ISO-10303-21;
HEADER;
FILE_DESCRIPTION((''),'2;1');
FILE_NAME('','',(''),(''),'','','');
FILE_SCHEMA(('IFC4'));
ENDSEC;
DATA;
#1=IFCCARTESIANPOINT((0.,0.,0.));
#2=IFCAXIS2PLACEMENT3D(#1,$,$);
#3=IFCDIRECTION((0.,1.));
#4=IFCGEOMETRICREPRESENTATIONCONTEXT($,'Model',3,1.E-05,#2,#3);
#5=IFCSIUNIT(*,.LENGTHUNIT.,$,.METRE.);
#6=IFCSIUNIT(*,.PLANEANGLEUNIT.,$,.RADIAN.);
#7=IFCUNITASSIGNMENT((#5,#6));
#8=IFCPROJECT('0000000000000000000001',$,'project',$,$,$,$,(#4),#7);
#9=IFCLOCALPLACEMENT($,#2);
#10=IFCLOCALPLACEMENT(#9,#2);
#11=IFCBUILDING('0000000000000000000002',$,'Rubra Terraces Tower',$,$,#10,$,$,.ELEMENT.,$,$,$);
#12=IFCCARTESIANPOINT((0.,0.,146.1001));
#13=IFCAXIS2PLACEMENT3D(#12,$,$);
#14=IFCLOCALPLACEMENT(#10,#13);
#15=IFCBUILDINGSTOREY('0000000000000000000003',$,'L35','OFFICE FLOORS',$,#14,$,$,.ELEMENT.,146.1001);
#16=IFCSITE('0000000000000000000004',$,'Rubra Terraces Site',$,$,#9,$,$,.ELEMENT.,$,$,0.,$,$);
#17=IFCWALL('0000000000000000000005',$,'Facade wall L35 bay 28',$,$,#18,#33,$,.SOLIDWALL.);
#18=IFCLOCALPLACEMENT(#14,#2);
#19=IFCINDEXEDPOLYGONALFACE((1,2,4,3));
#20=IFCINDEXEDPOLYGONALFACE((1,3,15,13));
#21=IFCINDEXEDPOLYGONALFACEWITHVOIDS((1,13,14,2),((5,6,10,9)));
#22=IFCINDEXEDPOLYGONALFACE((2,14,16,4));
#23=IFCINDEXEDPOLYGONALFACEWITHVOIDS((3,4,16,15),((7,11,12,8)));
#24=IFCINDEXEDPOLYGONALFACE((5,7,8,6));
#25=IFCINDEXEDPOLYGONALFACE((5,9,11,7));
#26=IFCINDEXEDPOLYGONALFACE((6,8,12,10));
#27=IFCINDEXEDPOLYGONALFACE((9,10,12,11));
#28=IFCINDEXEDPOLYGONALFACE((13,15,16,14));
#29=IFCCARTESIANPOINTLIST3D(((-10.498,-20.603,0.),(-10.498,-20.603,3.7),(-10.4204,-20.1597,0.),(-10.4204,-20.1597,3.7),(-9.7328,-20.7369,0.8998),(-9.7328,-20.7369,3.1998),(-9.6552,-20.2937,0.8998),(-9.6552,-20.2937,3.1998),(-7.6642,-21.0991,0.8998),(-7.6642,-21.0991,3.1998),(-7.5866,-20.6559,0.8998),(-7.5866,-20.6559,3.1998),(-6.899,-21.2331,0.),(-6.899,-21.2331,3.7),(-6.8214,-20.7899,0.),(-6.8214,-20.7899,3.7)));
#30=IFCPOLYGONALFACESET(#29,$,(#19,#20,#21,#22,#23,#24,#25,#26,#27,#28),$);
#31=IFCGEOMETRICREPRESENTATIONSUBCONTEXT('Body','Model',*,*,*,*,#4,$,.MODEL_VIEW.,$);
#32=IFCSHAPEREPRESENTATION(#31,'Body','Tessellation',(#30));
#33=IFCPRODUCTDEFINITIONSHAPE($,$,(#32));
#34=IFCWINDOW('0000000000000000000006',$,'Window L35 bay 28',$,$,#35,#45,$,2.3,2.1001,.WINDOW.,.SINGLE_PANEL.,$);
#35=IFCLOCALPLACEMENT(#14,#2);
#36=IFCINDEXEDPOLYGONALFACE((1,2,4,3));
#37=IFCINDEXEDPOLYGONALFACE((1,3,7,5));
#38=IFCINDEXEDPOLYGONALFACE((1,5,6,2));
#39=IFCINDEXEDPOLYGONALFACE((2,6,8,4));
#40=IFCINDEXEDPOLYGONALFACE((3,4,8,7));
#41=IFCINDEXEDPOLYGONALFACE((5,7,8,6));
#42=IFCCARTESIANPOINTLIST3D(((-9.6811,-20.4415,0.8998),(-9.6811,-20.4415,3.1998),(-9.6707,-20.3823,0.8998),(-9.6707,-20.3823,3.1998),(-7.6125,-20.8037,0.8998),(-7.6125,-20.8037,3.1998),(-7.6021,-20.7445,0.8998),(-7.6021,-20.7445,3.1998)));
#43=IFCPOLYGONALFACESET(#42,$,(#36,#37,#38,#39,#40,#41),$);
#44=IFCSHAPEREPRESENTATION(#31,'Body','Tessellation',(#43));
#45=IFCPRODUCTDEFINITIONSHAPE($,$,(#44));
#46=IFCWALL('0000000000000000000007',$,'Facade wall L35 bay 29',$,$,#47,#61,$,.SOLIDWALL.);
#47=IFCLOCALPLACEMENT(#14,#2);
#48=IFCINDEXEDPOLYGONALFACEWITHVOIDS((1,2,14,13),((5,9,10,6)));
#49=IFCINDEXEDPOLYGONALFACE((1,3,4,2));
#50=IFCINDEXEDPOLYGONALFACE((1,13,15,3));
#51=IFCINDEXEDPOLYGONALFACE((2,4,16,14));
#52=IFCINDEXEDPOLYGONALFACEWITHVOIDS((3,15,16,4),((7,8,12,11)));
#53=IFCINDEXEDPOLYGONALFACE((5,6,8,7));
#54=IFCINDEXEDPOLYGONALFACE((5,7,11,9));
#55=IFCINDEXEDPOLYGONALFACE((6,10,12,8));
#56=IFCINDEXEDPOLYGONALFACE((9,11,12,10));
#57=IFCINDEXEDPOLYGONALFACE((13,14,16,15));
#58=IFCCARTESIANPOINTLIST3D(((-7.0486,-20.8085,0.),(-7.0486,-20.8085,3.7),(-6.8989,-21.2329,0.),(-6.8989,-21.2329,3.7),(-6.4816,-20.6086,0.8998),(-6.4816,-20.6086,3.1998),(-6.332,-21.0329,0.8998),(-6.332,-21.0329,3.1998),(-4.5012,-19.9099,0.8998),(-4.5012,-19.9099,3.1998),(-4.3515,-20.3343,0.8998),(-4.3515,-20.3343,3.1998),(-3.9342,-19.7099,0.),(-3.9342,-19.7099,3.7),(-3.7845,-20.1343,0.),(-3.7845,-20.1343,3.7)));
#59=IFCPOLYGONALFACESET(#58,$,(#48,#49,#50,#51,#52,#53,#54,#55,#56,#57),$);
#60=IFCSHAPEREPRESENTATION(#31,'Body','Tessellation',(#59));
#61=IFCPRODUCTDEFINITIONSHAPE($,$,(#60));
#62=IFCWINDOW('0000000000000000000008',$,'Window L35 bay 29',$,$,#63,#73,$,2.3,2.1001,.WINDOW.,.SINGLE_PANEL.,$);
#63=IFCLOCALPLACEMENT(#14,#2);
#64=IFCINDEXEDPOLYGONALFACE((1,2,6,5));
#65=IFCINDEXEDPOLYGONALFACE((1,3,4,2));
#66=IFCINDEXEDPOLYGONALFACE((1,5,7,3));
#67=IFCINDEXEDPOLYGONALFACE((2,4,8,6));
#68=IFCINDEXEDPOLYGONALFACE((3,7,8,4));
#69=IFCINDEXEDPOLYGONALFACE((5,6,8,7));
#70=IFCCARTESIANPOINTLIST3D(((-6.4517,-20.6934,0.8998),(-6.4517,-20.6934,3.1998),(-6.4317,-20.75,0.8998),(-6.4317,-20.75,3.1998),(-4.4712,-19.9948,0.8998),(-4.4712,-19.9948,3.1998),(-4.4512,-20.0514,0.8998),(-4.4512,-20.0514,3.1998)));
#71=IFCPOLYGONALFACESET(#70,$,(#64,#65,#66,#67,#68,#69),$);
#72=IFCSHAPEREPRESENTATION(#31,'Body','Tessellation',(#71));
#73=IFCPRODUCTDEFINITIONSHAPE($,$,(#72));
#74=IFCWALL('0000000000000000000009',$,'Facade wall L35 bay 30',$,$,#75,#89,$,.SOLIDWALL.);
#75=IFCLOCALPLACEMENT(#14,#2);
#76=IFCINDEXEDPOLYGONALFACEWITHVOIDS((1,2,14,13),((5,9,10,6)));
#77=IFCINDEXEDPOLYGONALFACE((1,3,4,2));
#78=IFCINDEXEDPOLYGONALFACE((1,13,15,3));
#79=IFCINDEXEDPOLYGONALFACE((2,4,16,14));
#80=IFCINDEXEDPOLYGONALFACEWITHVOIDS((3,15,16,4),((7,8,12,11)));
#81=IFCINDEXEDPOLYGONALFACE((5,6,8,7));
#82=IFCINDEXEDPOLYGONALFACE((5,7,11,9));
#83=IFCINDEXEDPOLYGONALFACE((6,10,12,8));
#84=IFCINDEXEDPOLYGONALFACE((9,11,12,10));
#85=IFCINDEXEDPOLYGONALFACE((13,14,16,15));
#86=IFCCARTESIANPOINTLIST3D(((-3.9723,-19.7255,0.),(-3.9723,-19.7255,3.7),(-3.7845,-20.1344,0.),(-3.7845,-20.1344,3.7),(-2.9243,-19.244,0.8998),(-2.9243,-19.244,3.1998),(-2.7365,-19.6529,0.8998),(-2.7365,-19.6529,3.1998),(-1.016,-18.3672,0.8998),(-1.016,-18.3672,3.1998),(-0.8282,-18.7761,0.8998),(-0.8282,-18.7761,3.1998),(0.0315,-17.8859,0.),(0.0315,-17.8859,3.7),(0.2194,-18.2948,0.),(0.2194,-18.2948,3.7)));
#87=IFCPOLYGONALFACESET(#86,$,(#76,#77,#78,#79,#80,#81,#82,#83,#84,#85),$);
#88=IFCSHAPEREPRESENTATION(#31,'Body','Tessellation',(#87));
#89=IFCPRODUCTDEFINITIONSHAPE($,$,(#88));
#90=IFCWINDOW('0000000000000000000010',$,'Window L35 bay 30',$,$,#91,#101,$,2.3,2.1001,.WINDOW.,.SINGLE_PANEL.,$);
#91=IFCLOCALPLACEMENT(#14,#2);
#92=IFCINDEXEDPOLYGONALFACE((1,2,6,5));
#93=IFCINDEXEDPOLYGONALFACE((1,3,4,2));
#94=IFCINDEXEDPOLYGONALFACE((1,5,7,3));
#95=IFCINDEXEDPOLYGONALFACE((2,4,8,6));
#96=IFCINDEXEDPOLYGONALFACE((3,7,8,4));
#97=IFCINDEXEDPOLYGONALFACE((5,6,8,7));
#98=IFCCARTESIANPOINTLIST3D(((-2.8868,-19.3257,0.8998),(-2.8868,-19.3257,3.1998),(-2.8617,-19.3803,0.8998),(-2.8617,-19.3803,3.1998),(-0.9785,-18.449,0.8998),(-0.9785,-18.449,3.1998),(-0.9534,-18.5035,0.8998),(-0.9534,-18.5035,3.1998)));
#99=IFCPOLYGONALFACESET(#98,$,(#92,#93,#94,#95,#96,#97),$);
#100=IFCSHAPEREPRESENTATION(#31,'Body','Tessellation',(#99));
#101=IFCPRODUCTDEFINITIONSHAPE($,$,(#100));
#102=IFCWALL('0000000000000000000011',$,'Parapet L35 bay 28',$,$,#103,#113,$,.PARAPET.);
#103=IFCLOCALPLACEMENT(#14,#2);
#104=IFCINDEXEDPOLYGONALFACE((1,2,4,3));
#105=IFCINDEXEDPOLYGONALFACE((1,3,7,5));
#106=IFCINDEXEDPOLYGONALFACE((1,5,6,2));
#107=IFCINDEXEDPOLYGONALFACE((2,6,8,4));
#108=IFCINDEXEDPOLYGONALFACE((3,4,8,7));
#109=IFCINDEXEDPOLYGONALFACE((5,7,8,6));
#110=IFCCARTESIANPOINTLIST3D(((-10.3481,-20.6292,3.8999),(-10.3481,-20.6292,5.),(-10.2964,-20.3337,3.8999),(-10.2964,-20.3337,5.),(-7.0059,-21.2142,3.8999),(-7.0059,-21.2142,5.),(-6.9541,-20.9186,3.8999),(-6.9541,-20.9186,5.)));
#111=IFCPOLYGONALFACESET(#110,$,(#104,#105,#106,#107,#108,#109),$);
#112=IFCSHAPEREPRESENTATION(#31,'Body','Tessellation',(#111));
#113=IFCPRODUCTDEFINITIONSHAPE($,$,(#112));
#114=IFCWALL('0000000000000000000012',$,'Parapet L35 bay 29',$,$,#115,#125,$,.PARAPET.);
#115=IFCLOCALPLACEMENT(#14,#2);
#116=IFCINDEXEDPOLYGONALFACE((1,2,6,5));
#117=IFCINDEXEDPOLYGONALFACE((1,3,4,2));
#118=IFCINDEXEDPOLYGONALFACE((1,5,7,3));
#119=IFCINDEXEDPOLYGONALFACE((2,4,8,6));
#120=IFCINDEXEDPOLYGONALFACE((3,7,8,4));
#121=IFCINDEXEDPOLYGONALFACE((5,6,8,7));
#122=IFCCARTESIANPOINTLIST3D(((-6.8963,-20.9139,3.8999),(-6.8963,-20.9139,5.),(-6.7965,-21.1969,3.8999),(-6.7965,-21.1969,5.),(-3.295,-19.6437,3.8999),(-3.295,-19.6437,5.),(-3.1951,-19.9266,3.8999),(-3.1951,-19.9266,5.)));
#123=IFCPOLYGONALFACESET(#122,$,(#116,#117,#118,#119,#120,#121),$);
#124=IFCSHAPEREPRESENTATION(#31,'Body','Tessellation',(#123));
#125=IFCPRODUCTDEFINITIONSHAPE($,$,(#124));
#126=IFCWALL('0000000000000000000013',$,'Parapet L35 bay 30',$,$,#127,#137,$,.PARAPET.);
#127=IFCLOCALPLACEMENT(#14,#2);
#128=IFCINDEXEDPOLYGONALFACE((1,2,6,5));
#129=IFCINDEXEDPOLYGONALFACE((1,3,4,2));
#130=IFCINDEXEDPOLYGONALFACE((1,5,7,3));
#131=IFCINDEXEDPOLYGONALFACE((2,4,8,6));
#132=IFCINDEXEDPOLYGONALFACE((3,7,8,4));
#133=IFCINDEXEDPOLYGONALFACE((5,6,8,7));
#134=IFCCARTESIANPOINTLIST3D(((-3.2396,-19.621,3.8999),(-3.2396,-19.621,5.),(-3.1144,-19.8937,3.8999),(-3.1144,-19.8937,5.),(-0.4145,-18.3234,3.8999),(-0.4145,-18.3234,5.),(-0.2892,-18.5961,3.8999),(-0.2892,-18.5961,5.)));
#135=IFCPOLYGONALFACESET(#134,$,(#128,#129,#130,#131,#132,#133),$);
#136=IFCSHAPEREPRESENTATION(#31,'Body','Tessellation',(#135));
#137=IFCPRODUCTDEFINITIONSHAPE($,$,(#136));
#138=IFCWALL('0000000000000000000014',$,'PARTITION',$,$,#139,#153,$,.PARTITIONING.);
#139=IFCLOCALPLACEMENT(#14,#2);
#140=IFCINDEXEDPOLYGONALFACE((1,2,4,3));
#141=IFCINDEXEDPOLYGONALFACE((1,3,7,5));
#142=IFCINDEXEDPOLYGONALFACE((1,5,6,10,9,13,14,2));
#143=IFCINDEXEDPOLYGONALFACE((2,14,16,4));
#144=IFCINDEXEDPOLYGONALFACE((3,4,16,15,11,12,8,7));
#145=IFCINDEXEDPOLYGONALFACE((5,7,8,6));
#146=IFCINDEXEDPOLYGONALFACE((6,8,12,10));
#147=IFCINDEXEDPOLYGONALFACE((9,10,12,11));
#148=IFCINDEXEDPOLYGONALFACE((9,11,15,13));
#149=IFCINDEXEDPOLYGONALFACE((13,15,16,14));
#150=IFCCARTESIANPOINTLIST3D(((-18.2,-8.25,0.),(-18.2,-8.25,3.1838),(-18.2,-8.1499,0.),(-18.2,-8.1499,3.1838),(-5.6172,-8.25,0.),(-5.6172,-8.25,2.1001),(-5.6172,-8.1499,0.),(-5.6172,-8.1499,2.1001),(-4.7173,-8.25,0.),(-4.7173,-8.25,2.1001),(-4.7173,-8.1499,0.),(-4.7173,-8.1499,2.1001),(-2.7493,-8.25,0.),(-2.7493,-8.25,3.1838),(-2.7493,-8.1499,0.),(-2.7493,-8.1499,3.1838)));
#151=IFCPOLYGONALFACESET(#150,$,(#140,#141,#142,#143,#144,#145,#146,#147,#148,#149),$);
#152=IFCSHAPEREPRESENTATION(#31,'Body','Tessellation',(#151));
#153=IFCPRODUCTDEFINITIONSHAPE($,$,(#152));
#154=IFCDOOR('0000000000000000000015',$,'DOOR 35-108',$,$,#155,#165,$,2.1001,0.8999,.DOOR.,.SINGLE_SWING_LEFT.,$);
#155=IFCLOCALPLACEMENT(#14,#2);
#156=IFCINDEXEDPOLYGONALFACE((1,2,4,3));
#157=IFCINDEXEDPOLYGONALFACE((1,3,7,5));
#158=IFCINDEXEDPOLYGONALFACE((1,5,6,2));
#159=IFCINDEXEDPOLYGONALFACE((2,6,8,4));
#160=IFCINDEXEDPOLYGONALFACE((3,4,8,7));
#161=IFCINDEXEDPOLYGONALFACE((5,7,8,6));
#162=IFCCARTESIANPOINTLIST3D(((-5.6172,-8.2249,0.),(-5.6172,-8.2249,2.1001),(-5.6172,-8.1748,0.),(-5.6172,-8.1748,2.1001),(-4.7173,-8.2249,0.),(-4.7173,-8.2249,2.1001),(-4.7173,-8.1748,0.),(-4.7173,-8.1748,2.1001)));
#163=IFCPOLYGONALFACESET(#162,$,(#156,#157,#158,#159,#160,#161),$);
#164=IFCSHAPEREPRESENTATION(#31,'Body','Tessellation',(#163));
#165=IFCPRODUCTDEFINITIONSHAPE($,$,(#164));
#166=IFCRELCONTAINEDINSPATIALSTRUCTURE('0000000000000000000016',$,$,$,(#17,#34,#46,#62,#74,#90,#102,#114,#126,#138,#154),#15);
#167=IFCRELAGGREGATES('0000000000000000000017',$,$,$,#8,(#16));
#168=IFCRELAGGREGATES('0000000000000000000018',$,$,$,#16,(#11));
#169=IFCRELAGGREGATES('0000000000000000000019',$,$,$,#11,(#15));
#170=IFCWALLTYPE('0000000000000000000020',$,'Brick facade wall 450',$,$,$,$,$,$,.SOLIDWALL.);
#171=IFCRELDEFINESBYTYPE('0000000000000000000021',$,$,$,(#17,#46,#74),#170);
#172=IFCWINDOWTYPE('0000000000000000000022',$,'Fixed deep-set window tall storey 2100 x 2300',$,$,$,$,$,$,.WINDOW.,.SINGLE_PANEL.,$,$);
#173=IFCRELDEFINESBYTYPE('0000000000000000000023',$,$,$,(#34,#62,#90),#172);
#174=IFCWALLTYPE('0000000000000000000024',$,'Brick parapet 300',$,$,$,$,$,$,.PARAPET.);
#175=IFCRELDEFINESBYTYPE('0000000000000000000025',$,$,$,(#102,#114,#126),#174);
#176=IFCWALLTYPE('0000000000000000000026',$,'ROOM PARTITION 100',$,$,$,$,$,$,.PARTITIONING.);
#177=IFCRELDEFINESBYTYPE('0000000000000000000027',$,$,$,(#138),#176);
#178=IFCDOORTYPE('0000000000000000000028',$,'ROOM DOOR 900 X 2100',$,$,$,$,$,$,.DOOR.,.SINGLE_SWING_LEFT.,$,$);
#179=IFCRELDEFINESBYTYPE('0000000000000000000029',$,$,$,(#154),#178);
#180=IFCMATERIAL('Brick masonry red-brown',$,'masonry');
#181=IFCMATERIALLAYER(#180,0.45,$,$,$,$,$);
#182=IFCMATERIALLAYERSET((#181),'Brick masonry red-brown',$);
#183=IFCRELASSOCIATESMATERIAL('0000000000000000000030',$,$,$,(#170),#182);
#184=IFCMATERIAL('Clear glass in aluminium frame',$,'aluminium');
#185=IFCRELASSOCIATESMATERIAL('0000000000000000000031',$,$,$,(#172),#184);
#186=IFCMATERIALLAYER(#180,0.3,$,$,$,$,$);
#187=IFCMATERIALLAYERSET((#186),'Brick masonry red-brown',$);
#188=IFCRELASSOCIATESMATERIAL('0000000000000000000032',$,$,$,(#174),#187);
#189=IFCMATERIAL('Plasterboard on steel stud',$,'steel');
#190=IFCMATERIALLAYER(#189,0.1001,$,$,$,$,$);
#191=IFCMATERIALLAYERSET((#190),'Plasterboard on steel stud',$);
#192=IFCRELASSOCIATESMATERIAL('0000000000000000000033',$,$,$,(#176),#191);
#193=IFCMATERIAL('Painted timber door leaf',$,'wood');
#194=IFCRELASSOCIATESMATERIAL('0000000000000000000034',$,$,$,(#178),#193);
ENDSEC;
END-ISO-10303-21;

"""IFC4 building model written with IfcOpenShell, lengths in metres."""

from ifc_helpers import new_model, si_unit, direction, frame, frame_2d, origin, place, context, subcontext, project, spatial, rectangle, extrude, material, layer, layer_set, type_object, element, fill, save


model = new_model("IFC4")

# Units and contexts
model_context = context("Model", 3, precision=1e-05, world=origin(), true_north=direction((0.0, 1.0)))
body_context = subcontext(model_context, "Body", "Model", "MODEL_VIEW")
ifc_project = project(units=[si_unit("LENGTHUNIT", "METRE"), si_unit("PLANEANGLEUNIT", "RADIAN")], contexts=[model_context])

# Site, building, storey
site_placement = place(None, origin())
site = spatial("IfcSite", under=ifc_project, at=site_placement, Name="Rubra Terraces Site", CompositionType="ELEMENT", RefElevation=0.0)
building_placement = place(site_placement, origin())
building = spatial("IfcBuilding", under=site, at=building_placement, Name="Rubra Terraces Tower", CompositionType="ELEMENT")
storey_placement = place(building_placement, frame((0.0, 0.0, 146.1001)))
storey = spatial("IfcBuildingStorey", under=building, at=storey_placement, Name="L35", Description="OFFICE FLOORS", CompositionType="ELEMENT", Elevation=146.1001)

# Walls, openings, windows
ifc_material_1 = material(Name="Brick masonry red-brown", Category="masonry")
ifc_layer_1 = layer(ifc_material_1, 0.45)
ifc_layer_set_1 = layer_set([ifc_layer_1], Name="Brick masonry red-brown")
wall_type_1 = type_object("IfcWallType", Name="Brick facade wall 450", PredefinedType="SOLIDWALL", material=ifc_layer_set_1)
wall_1_placement = place(storey_placement, frame((-10.4592, -20.3813, 0.0), z_axis=(0.0, 0.0, 1.0), x_axis=(0.985017, -0.172455, 0.0)))
wall_1 = element("IfcWall", 1, at=wall_1_placement, inside=storey, type_object=wall_type_1, Name="Facade wall L35 bay 28", PredefinedType="SOLIDWALL", context=body_context, shape_type="SweptSolid", body=[
    extrude(rectangle(XDim=3.6538, YDim=0.45, at=frame_2d((1.8269, 0.0))), origin(), (0.0, 0.0, 1.0), 3.7),
])
opening_1_placement = place(wall_1_placement, frame((0.7769, 0.0, 0.8999)))
opening_1 = element("IfcOpeningElement", 2, at=opening_1_placement, cuts=wall_1, PredefinedType="OPENING", context=body_context, shape_type="SweptSolid", body=[
    extrude(rectangle(XDim=2.1001, YDim=2.3, at=frame_2d((1.05, 1.1499))), frame((0.0, 0.2349, 0.0), z_axis=(0.0, -1.0, 0.0), x_axis=(1.0, 0.0, 0.0)), (0.0, 0.0, 1.0), 0.47),
])
ifc_material_2 = material(Name="Clear glass in aluminium frame", Category="aluminium")
window_type = type_object("IfcWindowType", Name="Fixed deep-set window tall storey 2100 x 2300", PartitioningType="SINGLE_PANEL", PredefinedType="WINDOW", material=ifc_material_2)
window_1_placement = place(opening_1_placement, origin())
window_1 = element("IfcWindow", 3, at=window_1_placement, inside=storey, type_object=window_type, Name="Window L35 bay 28", OverallHeight=2.3, OverallWidth=2.1001, PartitioningType="SINGLE_PANEL", PredefinedType="WINDOW", context=body_context, shape_type="SweptSolid", body=[
    extrude(rectangle(XDim=2.1001, YDim=2.3, at=frame_2d((1.05, 1.1499))), frame((0.0, 0.135, 0.0), z_axis=(0.0, -1.0, 0.0), x_axis=(1.0, 0.0, 0.0)), (0.0, 0.0, 1.0), 0.0601),
])
fill(opening_1, window_1)
wall_2_placement = place(storey_placement, frame((-6.9739, -21.0208, 0.0), z_axis=(0.0, 0.0, 1.0), x_axis=(0.943048, 0.332658, 0.0)))
wall_2 = element("IfcWall", 4, at=wall_2_placement, inside=storey, type_object=wall_type_1, Name="Facade wall L35 bay 29", PredefinedType="SOLIDWALL", context=body_context, shape_type="SweptSolid", body=[
    extrude(rectangle(XDim=3.3025, YDim=0.45, at=frame_2d((1.6514, 0.0))), origin(), (0.0, 0.0, 1.0), 3.7),
])
opening_2_placement = place(wall_2_placement, frame((0.6013, 0.0, 0.8999)))
opening_2 = element("IfcOpeningElement", 5, at=opening_2_placement, cuts=wall_2, PredefinedType="OPENING", context=body_context, shape_type="SweptSolid", body=[
    extrude(rectangle(XDim=2.1001, YDim=2.3, at=frame_2d((1.05, 1.1499))), frame((0.0, 0.2349, 0.0), z_axis=(0.0, -1.0, 0.0), x_axis=(1.0, 0.0, 0.0)), (0.0, 0.0, 1.0), 0.47),
])
window_2_placement = place(opening_2_placement, origin())
window_2 = element("IfcWindow", 6, at=window_2_placement, inside=storey, type_object=window_type, Name="Window L35 bay 29", OverallHeight=2.3, OverallWidth=2.1001, PartitioningType="SINGLE_PANEL", PredefinedType="WINDOW", context=body_context, shape_type="SweptSolid", body=[
    extrude(rectangle(XDim=2.1001, YDim=2.3, at=frame_2d((1.05, 1.1499))), frame((0.0, 0.135, 0.0), z_axis=(0.0, -1.0, 0.0), x_axis=(1.0, 0.0, 0.0)), (0.0, 0.0, 1.0), 0.0601),
])
fill(opening_2, window_2)
wall_3_placement = place(storey_placement, frame((-3.8784, -19.9299, 0.0), z_axis=(0.0, 0.0, 1.0), x_axis=(0.90868, 0.417494, 0.0)))
wall_3 = element("IfcWall", 7, at=wall_3_placement, inside=storey, type_object=wall_type_1, Name="Facade wall L35 bay 30", PredefinedType="SOLIDWALL", context=body_context, shape_type="SweptSolid", body=[
    extrude(rectangle(XDim=4.4062, YDim=0.45, at=frame_2d((2.2031, 0.0))), origin(), (0.0, 0.0, 1.0), 3.7),
])
opening_3_placement = place(wall_3_placement, frame((1.1533, 0.0, 0.8999)))
opening_3 = element("IfcOpeningElement", 8, at=opening_3_placement, cuts=wall_3, PredefinedType="OPENING", context=body_context, shape_type="SweptSolid", body=[
    extrude(rectangle(XDim=2.1001, YDim=2.3, at=frame_2d((1.05, 1.1499))), frame((0.0, 0.2349, 0.0), z_axis=(0.0, -1.0, 0.0), x_axis=(1.0, 0.0, 0.0)), (0.0, 0.0, 1.0), 0.47),
])
window_3_placement = place(opening_3_placement, origin())
window_3 = element("IfcWindow", 9, at=window_3_placement, inside=storey, type_object=window_type, Name="Window L35 bay 30", OverallHeight=2.3, OverallWidth=2.1001, PartitioningType="SINGLE_PANEL", PredefinedType="WINDOW", context=body_context, shape_type="SweptSolid", body=[
    extrude(rectangle(XDim=2.1001, YDim=2.3, at=frame_2d((1.05, 1.1499))), frame((0.0, 0.135, 0.0), z_axis=(0.0, -1.0, 0.0), x_axis=(1.0, 0.0, 0.0)), (0.0, 0.0, 1.0), 0.0601),
])
fill(opening_3, window_3)

# Walls
ifc_layer_2 = layer(ifc_material_1, 0.3)
ifc_layer_set_2 = layer_set([ifc_layer_2], Name="Brick masonry red-brown")
wall_type_2 = type_object("IfcWallType", Name="Brick parapet 300", PredefinedType="PARAPET", material=ifc_layer_set_2)
wall_4_placement = place(storey_placement, frame((-10.3223, -20.4814, 3.8999), z_axis=(0.0, 0.0, 1.0), x_axis=(0.985027, -0.172398, 0.0)))
element("IfcWall", 10, at=wall_4_placement, inside=storey, type_object=wall_type_2, Name="Parapet L35 bay 28", PredefinedType="PARAPET", context=body_context, shape_type="SweptSolid", body=[
    extrude(rectangle(XDim=3.3931, YDim=0.3, at=frame_2d((1.6965, 0.0))), origin(), (0.0, 0.0, 1.0), 1.1001),
])
wall_5_placement = place(storey_placement, frame((-6.8464, -21.0554, 3.8999), z_axis=(0.0, 0.0, 1.0), x_axis=(0.943055, 0.332636, 0.0)))
element("IfcWall", 11, at=wall_5_placement, inside=storey, type_object=wall_type_2, Name="Parapet L35 bay 29", PredefinedType="PARAPET", context=body_context, shape_type="SweptSolid", body=[
    extrude(rectangle(XDim=3.8188, YDim=0.3, at=frame_2d((1.9094, 0.0))), origin(), (0.0, 0.0, 1.0), 1.1001),
])
wall_6_placement = place(storey_placement, frame((-3.177, -19.7573, 3.8999), z_axis=(0.0, 0.0, 1.0), x_axis=(0.908732, 0.417379, 0.0)))
element("IfcWall", 12, at=wall_6_placement, inside=storey, type_object=wall_type_2, Name="Parapet L35 bay 30", PredefinedType="PARAPET", context=body_context, shape_type="SweptSolid", body=[
    extrude(rectangle(XDim=3.1089, YDim=0.3, at=frame_2d((1.5544, 0.0))), origin(), (0.0, 0.0, 1.0), 1.1001),
])

# Wall, opening, door
ifc_material_3 = material(Name="Plasterboard on steel stud", Category="steel")
ifc_layer_3 = layer(ifc_material_3, 0.1001)
ifc_layer_set_3 = layer_set([ifc_layer_3], Name="Plasterboard on steel stud")
wall_type_3 = type_object("IfcWallType", Name="ROOM PARTITION 100", PredefinedType="PARTITIONING", material=ifc_layer_set_3)
wall_7_placement = place(storey_placement, frame((-2.7493, -8.2, 0.0), z_axis=(0.0, 0.0, 1.0), x_axis=(-1.0, 0.0, 0.0)))
wall_7 = element("IfcWall", 13, at=wall_7_placement, inside=storey, type_object=wall_type_3, Name="PARTITION", PredefinedType="PARTITIONING", context=body_context, shape_type="SweptSolid", body=[
    extrude(rectangle(XDim=15.4507, YDim=0.1001, at=frame_2d((7.7253, 0.0))), origin(), (0.0, 0.0, 1.0), 3.1838),
])
opening_4_placement = place(wall_7_placement, frame((1.968, 0.0, 0.0)))
opening_4 = element("IfcOpeningElement", 14, at=opening_4_placement, cuts=wall_7, PredefinedType="OPENING", context=body_context, shape_type="SweptSolid", body=[
    extrude(rectangle(XDim=0.8999, YDim=2.1001, at=frame_2d((0.45, 1.05))), frame((0.0, 0.0601, 0.0), z_axis=(0.0, -1.0, 0.0), x_axis=(1.0, 0.0, 0.0)), (0.0, 0.0, 1.0), 0.1201),
])
ifc_material_4 = material(Name="Painted timber door leaf", Category="wood")
door_type = type_object("IfcDoorType", Name="ROOM DOOR 900 X 2100", OperationType="SINGLE_SWING_LEFT", PredefinedType="DOOR", material=ifc_material_4)
door_placement = place(opening_4_placement, origin())
door = element("IfcDoor", 15, at=door_placement, inside=storey, type_object=door_type, Name="DOOR 35-108", OperationType="SINGLE_SWING_LEFT", OverallHeight=2.1001, OverallWidth=0.8999, PredefinedType="DOOR", context=body_context, shape_type="SweptSolid", body=[
    extrude(rectangle(XDim=0.8999, YDim=2.1001, at=frame_2d((0.45, 1.05))), frame((0.0, 0.0249, 0.0), z_axis=(0.0, -1.0, 0.0), x_axis=(1.0, 0.0, 0.0)), (0.0, 0.0, 1.0), 0.05),
])
fill(opening_4, door)

save(model, "model.ifc")
